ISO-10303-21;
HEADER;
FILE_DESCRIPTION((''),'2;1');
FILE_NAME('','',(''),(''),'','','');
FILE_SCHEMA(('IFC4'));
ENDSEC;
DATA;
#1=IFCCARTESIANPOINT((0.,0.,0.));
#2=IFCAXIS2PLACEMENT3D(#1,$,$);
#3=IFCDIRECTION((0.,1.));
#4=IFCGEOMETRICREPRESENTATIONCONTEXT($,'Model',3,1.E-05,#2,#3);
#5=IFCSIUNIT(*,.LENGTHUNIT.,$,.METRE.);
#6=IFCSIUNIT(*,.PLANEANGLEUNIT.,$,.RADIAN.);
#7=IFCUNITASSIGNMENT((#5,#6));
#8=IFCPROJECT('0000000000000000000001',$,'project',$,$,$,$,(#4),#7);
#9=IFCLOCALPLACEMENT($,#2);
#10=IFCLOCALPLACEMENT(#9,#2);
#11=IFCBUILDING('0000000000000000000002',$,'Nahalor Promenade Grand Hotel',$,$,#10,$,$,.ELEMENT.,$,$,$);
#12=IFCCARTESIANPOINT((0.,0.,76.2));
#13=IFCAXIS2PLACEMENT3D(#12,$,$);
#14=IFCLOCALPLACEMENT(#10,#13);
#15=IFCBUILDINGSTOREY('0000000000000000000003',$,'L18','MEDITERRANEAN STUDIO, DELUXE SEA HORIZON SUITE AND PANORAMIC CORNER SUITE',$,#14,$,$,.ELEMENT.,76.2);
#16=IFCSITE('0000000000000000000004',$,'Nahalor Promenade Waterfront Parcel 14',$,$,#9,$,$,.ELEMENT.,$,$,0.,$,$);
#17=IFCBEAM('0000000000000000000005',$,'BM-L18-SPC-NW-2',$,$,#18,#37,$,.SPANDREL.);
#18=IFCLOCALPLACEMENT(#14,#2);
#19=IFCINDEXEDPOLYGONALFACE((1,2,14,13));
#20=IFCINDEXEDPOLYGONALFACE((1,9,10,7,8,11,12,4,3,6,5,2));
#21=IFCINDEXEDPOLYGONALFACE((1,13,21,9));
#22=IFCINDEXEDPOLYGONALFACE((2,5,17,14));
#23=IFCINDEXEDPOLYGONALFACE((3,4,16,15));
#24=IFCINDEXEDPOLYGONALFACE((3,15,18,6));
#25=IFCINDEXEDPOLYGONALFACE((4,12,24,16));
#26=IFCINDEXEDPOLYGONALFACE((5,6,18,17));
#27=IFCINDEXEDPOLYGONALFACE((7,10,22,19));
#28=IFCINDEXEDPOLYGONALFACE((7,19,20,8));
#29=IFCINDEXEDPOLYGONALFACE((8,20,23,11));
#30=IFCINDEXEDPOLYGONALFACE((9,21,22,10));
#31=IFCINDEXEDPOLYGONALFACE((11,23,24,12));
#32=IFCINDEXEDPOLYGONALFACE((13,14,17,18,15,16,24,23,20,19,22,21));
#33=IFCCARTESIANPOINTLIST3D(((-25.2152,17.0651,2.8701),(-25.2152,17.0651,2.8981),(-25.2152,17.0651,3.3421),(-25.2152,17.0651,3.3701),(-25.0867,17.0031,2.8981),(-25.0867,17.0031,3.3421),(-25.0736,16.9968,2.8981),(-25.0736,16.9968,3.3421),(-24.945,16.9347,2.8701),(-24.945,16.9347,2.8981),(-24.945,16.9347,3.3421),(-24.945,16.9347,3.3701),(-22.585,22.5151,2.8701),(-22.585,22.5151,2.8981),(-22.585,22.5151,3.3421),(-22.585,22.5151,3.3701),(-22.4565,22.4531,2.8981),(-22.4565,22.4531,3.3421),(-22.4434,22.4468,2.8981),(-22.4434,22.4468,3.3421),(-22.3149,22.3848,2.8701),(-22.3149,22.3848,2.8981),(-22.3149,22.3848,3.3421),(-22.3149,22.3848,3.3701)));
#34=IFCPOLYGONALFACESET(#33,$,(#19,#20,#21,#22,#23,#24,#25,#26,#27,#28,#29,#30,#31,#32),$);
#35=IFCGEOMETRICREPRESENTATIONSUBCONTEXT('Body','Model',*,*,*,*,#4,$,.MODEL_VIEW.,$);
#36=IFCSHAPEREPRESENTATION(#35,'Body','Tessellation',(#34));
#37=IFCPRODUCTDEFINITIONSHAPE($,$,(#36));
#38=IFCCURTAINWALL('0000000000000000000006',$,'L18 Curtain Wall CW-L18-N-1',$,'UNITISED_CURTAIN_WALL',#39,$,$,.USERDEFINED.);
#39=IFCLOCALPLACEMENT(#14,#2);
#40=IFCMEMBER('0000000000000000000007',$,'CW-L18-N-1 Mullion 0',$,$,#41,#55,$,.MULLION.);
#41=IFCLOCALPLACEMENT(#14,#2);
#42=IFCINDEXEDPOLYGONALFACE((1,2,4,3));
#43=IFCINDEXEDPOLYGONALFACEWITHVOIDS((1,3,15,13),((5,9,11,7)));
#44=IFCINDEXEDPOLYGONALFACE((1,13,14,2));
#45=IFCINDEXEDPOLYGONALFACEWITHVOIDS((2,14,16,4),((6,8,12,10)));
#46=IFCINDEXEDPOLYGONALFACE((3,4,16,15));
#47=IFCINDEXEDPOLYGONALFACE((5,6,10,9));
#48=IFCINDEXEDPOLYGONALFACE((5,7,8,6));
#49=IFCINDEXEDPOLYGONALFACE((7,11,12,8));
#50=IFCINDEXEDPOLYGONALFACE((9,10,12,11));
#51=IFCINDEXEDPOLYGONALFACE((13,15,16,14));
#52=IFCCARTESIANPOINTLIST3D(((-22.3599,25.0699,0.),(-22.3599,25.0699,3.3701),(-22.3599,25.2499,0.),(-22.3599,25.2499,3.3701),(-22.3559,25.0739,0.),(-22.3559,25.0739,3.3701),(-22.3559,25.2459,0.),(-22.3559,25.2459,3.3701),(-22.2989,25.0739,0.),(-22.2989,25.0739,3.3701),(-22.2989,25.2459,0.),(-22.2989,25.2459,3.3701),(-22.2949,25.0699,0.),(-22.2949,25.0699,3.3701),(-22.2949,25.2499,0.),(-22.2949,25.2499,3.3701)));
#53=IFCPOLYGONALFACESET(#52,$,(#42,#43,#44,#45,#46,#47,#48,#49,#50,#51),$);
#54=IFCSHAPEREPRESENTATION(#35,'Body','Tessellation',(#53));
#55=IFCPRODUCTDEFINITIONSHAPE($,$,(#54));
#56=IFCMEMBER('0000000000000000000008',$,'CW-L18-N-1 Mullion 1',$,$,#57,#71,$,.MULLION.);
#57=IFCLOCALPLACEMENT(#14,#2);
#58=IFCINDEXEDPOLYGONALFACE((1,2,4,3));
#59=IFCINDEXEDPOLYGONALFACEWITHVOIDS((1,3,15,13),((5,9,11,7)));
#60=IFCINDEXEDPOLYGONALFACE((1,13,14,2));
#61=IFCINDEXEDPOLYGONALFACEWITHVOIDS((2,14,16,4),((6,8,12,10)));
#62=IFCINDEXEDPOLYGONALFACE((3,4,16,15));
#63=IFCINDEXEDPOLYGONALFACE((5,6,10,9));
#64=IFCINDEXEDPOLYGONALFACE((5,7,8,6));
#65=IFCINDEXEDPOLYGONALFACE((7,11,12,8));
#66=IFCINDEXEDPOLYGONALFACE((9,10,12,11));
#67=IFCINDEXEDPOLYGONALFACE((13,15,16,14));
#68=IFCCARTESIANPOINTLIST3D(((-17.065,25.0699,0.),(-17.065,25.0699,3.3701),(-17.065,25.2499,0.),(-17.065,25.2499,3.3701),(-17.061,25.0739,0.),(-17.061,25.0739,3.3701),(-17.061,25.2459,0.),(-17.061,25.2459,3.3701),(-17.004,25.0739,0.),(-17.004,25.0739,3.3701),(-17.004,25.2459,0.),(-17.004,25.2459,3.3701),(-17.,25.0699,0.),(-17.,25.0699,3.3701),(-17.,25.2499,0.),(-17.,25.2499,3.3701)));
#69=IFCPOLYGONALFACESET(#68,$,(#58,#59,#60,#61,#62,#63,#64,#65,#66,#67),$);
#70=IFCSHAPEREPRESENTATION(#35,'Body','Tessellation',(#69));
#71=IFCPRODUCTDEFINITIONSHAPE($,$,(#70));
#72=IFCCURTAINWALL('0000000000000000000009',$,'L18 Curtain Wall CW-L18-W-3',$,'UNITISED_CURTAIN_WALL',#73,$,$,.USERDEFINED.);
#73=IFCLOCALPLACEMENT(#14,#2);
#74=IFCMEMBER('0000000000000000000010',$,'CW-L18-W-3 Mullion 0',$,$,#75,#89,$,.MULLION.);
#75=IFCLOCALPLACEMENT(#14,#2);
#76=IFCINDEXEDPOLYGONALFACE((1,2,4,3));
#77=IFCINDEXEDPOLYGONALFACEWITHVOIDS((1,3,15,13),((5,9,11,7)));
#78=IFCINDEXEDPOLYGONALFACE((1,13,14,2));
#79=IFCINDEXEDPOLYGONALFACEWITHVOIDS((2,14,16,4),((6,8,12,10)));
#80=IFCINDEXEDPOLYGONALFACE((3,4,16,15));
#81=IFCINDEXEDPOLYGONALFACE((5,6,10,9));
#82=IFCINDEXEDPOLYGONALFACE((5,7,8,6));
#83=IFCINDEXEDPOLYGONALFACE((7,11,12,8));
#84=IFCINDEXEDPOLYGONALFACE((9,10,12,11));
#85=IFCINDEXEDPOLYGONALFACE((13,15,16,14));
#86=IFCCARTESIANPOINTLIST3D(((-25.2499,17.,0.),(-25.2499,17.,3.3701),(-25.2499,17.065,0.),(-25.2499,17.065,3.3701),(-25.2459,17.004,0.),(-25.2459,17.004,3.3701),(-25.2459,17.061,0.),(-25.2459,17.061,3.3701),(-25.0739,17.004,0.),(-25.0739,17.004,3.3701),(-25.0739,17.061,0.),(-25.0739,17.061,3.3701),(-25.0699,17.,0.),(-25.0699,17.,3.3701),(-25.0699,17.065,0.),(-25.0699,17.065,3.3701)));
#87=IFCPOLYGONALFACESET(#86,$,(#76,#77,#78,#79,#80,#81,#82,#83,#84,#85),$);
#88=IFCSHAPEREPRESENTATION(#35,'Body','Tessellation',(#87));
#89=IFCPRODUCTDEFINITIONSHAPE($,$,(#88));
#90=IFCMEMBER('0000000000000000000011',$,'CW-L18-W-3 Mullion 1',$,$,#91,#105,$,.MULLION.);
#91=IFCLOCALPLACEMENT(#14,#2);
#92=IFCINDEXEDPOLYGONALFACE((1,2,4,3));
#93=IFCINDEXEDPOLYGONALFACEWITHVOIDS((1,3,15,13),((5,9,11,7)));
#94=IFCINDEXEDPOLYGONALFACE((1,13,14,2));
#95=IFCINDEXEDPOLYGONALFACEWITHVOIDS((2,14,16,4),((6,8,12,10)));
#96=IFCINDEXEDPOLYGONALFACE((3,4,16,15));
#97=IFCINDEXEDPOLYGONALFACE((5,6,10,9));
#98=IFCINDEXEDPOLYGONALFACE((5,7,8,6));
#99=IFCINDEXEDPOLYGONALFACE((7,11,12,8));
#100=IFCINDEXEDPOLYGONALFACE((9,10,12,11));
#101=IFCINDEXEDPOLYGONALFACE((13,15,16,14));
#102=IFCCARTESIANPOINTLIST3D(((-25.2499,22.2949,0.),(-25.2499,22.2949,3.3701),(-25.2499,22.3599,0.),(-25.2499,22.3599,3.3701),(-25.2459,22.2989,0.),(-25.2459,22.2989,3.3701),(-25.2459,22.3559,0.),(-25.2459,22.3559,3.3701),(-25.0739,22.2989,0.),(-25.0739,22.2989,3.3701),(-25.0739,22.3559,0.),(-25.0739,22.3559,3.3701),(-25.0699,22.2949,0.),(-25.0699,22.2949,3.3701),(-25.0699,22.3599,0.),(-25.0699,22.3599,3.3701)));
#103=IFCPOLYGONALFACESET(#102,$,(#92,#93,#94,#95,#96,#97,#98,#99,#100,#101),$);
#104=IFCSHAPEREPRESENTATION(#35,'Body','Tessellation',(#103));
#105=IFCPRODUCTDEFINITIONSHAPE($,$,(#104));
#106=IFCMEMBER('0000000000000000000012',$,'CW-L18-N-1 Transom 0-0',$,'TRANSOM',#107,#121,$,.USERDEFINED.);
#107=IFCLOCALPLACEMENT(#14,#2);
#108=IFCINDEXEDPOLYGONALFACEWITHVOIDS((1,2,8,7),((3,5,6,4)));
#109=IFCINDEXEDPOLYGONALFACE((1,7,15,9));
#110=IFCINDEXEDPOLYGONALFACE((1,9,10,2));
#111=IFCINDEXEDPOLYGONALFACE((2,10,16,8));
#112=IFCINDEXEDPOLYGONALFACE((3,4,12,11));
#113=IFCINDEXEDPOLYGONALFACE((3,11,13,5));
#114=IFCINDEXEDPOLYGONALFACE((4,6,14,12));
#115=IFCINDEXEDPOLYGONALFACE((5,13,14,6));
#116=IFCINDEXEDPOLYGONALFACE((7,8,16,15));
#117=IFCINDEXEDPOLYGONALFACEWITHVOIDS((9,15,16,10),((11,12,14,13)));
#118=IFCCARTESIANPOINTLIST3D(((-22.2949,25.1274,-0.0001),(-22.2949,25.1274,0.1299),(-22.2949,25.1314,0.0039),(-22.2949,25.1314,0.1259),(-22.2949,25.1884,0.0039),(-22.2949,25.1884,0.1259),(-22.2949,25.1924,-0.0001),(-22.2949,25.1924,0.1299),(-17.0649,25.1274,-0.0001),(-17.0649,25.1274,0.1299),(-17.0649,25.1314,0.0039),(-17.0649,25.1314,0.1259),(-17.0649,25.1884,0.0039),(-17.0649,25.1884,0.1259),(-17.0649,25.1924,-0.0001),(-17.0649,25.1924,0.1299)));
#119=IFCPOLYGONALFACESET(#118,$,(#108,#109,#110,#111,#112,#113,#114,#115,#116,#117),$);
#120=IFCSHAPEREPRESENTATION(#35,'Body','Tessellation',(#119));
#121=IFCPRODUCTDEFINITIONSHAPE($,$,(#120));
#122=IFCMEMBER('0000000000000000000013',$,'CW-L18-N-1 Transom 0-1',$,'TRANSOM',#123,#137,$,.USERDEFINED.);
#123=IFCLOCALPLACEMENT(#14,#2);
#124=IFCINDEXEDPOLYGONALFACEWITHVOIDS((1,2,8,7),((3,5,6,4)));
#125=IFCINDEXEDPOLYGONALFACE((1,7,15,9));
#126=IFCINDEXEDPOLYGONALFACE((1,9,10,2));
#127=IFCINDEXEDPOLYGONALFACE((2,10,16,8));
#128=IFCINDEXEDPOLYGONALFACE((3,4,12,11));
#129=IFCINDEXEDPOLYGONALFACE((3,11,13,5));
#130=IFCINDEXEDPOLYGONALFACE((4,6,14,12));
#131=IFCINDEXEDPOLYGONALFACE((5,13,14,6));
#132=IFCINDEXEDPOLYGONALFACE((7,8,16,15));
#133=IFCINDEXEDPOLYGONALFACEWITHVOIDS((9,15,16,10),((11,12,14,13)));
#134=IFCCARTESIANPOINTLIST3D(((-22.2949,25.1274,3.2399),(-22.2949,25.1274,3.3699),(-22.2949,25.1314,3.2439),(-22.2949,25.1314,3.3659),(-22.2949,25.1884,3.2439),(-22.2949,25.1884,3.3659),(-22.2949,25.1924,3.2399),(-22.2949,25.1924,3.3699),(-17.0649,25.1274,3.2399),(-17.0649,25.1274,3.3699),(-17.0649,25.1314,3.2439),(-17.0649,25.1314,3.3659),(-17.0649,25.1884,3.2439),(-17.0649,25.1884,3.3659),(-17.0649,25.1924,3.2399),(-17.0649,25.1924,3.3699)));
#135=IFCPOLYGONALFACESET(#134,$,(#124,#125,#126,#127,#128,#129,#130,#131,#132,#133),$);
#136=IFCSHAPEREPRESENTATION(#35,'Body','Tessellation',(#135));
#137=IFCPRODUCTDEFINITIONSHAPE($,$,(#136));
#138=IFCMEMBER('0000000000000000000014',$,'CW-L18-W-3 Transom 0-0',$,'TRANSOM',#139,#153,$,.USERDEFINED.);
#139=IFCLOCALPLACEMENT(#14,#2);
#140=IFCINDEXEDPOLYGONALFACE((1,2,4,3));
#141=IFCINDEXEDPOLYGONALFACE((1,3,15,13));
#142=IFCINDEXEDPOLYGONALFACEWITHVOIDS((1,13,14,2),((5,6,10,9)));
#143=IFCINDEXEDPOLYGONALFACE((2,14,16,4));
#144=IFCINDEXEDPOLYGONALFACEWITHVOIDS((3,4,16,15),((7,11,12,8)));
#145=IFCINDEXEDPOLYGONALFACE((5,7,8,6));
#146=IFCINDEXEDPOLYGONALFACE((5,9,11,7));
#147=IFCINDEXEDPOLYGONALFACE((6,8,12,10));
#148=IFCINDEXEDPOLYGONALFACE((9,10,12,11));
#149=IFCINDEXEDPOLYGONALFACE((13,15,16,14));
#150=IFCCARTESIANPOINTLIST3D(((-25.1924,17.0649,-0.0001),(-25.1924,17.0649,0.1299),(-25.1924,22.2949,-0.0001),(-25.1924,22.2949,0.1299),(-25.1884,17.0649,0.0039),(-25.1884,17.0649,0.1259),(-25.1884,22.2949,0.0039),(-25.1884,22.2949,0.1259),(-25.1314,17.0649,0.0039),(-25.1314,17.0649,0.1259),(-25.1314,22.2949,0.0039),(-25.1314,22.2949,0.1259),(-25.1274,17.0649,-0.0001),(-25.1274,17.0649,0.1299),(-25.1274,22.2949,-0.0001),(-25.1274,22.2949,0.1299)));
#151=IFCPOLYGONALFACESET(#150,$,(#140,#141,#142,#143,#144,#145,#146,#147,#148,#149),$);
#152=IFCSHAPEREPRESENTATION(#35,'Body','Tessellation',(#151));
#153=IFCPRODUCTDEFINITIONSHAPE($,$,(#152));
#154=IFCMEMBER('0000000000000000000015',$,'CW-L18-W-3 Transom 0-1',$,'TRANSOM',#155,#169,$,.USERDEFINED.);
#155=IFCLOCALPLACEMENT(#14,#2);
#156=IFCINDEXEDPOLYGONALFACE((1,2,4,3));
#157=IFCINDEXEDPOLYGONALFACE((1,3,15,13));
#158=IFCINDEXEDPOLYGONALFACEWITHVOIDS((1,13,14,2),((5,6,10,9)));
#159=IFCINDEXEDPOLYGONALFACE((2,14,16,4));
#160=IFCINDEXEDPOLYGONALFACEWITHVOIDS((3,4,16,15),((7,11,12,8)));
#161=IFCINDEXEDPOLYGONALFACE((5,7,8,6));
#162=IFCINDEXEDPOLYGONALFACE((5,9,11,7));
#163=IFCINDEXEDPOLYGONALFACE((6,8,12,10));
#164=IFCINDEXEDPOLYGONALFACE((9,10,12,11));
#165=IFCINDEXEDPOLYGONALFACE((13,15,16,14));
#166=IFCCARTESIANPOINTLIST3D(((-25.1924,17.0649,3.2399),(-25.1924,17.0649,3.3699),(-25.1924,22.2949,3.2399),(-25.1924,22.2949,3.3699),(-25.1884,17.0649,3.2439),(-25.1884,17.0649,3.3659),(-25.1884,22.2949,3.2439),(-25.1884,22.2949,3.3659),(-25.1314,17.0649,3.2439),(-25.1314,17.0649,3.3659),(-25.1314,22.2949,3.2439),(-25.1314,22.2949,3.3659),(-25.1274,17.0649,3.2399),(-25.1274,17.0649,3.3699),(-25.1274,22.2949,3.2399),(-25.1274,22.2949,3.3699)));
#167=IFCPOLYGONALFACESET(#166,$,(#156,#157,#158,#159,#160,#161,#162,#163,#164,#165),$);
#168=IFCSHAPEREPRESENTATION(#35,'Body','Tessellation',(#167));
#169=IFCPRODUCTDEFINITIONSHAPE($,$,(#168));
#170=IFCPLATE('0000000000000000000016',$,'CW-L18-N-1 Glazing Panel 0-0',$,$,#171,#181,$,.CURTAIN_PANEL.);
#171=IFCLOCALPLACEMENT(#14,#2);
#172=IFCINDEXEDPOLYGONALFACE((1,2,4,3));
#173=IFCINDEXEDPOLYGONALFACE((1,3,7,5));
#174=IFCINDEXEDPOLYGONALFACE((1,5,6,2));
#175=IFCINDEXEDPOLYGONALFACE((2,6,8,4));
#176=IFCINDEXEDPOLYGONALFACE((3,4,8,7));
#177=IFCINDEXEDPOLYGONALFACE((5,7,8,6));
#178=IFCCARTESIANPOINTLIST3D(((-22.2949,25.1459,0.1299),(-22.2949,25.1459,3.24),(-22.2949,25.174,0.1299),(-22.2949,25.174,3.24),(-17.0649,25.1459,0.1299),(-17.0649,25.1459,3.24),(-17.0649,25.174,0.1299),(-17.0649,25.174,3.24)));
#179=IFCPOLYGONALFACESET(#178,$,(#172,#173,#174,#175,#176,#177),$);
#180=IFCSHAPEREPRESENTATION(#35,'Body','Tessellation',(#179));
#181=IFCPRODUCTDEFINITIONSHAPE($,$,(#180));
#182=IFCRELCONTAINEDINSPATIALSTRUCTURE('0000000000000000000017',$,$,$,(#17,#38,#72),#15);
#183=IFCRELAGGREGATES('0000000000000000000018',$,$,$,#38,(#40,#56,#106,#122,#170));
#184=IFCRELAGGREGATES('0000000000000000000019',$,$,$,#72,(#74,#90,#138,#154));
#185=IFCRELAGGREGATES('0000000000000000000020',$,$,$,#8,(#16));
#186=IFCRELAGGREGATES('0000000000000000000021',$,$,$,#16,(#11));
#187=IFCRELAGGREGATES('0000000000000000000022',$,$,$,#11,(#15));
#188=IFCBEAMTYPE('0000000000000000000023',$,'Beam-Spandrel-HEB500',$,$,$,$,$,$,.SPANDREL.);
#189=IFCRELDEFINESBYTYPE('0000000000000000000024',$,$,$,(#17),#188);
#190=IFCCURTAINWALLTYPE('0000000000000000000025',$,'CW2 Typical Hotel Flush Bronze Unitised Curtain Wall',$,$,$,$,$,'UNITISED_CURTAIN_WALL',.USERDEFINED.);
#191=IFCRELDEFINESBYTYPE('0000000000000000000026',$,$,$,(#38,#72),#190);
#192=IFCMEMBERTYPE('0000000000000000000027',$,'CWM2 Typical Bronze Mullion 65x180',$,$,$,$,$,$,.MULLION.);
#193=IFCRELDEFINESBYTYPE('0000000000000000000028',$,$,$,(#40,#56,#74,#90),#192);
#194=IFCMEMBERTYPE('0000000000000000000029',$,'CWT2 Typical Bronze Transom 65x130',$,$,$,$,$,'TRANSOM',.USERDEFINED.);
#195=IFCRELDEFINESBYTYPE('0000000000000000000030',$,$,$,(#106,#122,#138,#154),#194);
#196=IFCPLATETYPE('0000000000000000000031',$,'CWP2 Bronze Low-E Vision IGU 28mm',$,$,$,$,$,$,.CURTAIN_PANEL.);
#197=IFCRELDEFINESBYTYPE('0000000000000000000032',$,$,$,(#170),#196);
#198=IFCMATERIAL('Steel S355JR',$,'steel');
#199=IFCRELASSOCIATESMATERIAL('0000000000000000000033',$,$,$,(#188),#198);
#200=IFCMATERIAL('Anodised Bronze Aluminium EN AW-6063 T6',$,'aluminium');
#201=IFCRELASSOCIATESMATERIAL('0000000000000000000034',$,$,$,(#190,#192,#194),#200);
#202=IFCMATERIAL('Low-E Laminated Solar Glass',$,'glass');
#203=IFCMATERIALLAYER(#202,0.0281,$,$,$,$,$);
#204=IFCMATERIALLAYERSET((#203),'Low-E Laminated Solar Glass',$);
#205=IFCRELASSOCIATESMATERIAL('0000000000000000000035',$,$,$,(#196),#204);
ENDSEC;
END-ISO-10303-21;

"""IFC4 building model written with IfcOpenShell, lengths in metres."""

from ifc_helpers import new_model, si_unit, direction, frame, origin, origin_2d, place, context, subcontext, project, spatial, rectangle, hollow_rectangle, i_section, extrude, source, transform, mapped, material, layer, layer_set, material_profile, profile_set, type_object, element, aggregate, save


model = new_model("IFC4")

# Units and contexts
model_context = context("Model", 3, precision=1e-05, world=origin(), true_north=direction((0.0, 1.0)))
body_context = subcontext(model_context, "Body", "Model", "MODEL_VIEW")
ifc_project = project(units=[si_unit("LENGTHUNIT", "METRE"), si_unit("PLANEANGLEUNIT", "RADIAN")], contexts=[model_context])

# Site, building, storey
site_placement = place(None, origin())
site = spatial("IfcSite", under=ifc_project, at=site_placement, Name="Nahalor Promenade Waterfront Parcel 14", CompositionType="ELEMENT", RefElevation=0.0)
building_placement = place(site_placement, origin())
building = spatial("IfcBuilding", under=site, at=building_placement, Name="Nahalor Promenade Grand Hotel", CompositionType="ELEMENT")
storey_placement = place(building_placement, frame((0.0, 0.0, 76.2)))
storey = spatial("IfcBuildingStorey", under=building, at=storey_placement, Name="L18", Description="MEDITERRANEAN STUDIO, DELUXE SEA HORIZON SUITE AND PANORAMIC CORNER SUITE", CompositionType="ELEMENT", Elevation=76.2)

# Beam
ifc_material_1 = material(Name="Steel S355JR", Category="steel")
ifc_material_profile_1 = material_profile(ifc_material_1, i_section(OverallWidth=0.3, OverallDepth=0.5, WebThickness=0.0145, FlangeThickness=0.028, at=origin_2d()), Name="HEB 500")
ifc_profile_set_1 = profile_set([ifc_material_profile_1], Name="Steel S355JR")
beam_type_1 = type_object("IfcBeamType", Name="Beam-Spandrel-HEB500", PredefinedType="SPANDREL", material=ifc_profile_set_1)
shared_shape_1 = source(origin(), body_context, "Body", "SweptSolid", [
    extrude(i_section(OverallWidth=0.3, OverallDepth=0.5, WebThickness=0.0145, FlangeThickness=0.028, at=origin_2d()), origin(), (0.0, 0.0, 1.0), 6.0515),
])
for number, where, z_axis, x_axis, name in (
    (1, (-22.45, 22.45, 3.1201), (-0.434631, -0.900609, 0.0), (0.900609, -0.434631, 0.0), "BM-L18-SPC-NW-2"),
):
    element("IfcBeam", number, at=place(storey_placement, frame(where, z_axis=z_axis, x_axis=x_axis)), inside=storey, type_object=beam_type_1, Name=name, PredefinedType="SPANDREL", context=body_context, shape_type="MappedRepresentation", body=[
        mapped(shared_shape_1, transform((0.0, 0.0, 0.0), scale=1.0)),
    ])

# Curtain walls, members
ifc_material_2 = material(Name="Anodised Bronze Aluminium EN AW-6063 T6", Category="aluminium")
curtain_wall_type = type_object("IfcCurtainWallType", Name="CW2 Typical Hotel Flush Bronze Unitised Curtain Wall", ElementType="UNITISED_CURTAIN_WALL", PredefinedType="USERDEFINED", material=ifc_material_2)
curtain_wall_1_placement = place(storey_placement, origin())
curtain_wall_1 = element("IfcCurtainWall", 2, at=curtain_wall_1_placement, inside=storey, type_object=curtain_wall_type, Name="L18 Curtain Wall CW-L18-N-1", ObjectType="UNITISED_CURTAIN_WALL", PredefinedType="USERDEFINED")
ifc_material_profile_2 = material_profile(ifc_material_2, hollow_rectangle(XDim=0.065, YDim=0.18, WallThickness=0.004, at=origin_2d()), Name="CWM 65x180x4")
ifc_profile_set_2 = profile_set([ifc_material_profile_2], Name="Anodised Bronze Aluminium EN AW-6063 T6")
member_type_1 = type_object("IfcMemberType", Name="CWM2 Typical Bronze Mullion 65x180", PredefinedType="MULLION", material=ifc_profile_set_2)
shared_shape_2 = source(origin(), body_context, "Body", "SweptSolid", [
    extrude(hollow_rectangle(XDim=0.065, YDim=0.18, WallThickness=0.004, at=origin_2d()), origin(), (0.0, 0.0, 1.0), 3.3701),
])
member_1_placement = place(storey_placement, frame((-22.3274, 25.1599, 0.0), z_axis=(0.0, 0.0, 1.0), x_axis=(1.0, 0.0, 0.0)))
member_1 = element("IfcMember", 3, at=member_1_placement, type_object=member_type_1, Name="CW-L18-N-1 Mullion 0", PredefinedType="MULLION", context=body_context, shape_type="MappedRepresentation", body=[
    mapped(shared_shape_2, transform((0.0, 0.0, 0.0), scale=1.0)),
])
member_2_placement = place(storey_placement, frame((-17.0325, 25.1599, 0.0), z_axis=(0.0, 0.0, 1.0), x_axis=(1.0, 0.0, 0.0)))
member_2 = element("IfcMember", 4, at=member_2_placement, type_object=member_type_1, Name="CW-L18-N-1 Mullion 1", PredefinedType="MULLION", context=body_context, shape_type="MappedRepresentation", body=[
    mapped(shared_shape_2, transform((0.0, 0.0, 0.0), scale=1.0)),
])
curtain_wall_2_placement = place(storey_placement, origin())
curtain_wall_2 = element("IfcCurtainWall", 5, at=curtain_wall_2_placement, inside=storey, type_object=curtain_wall_type, Name="L18 Curtain Wall CW-L18-W-3", ObjectType="UNITISED_CURTAIN_WALL", PredefinedType="USERDEFINED")
member_3_placement = place(storey_placement, frame((-25.1599, 17.0325, 0.0), z_axis=(0.0, 0.0, 1.0), x_axis=(0.0, 1.0, 0.0)))
member_3 = element("IfcMember", 6, at=member_3_placement, type_object=member_type_1, Name="CW-L18-W-3 Mullion 0", PredefinedType="MULLION", context=body_context, shape_type="MappedRepresentation", body=[
    mapped(shared_shape_2, transform((0.0, 0.0, 0.0), scale=1.0)),
])
member_4_placement = place(storey_placement, frame((-25.1599, 22.3274, 0.0), z_axis=(0.0, 0.0, 1.0), x_axis=(0.0, 1.0, 0.0)))
member_4 = element("IfcMember", 7, at=member_4_placement, type_object=member_type_1, Name="CW-L18-W-3 Mullion 1", PredefinedType="MULLION", context=body_context, shape_type="MappedRepresentation", body=[
    mapped(shared_shape_2, transform((0.0, 0.0, 0.0), scale=1.0)),
])

# Members
ifc_material_profile_3 = material_profile(ifc_material_2, hollow_rectangle(XDim=0.065, YDim=0.13, WallThickness=0.004, at=origin_2d()), Name="CWT 65x130x4")
ifc_profile_set_3 = profile_set([ifc_material_profile_3], Name="Anodised Bronze Aluminium EN AW-6063 T6")
member_type_2 = type_object("IfcMemberType", Name="CWT2 Typical Bronze Transom 65x130", ElementType="TRANSOM", PredefinedType="USERDEFINED", material=ifc_profile_set_3)
shared_shape_3 = source(origin(), body_context, "Body", "SweptSolid", [
    extrude(hollow_rectangle(XDim=0.065, YDim=0.13, WallThickness=0.004, at=origin_2d()), origin(), (0.0, 0.0, 1.0), 5.23),
])
member_5_placement = place(storey_placement, frame((-22.2949, 25.1599, 0.0649), z_axis=(1.0, 0.0, 0.0), x_axis=(0.0, 1.0, 0.0)))
member_5 = element("IfcMember", 8, at=member_5_placement, type_object=member_type_2, Name="CW-L18-N-1 Transom 0-0", ObjectType="TRANSOM", PredefinedType="USERDEFINED", context=body_context, shape_type="MappedRepresentation", body=[
    mapped(shared_shape_3, transform((0.0, 0.0, 0.0), scale=1.0)),
])
member_6_placement = place(storey_placement, frame((-22.2949, 25.1599, 3.3049), z_axis=(1.0, 0.0, 0.0), x_axis=(0.0, 1.0, 0.0)))
member_6 = element("IfcMember", 9, at=member_6_placement, type_object=member_type_2, Name="CW-L18-N-1 Transom 0-1", ObjectType="TRANSOM", PredefinedType="USERDEFINED", context=body_context, shape_type="MappedRepresentation", body=[
    mapped(shared_shape_3, transform((0.0, 0.0, 0.0), scale=1.0)),
])
member_7_placement = place(storey_placement, frame((-25.1599, 17.0649, 0.0649), z_axis=(0.0, 1.0, 0.0), x_axis=(-1.0, 0.0, 0.0)))
member_7 = element("IfcMember", 10, at=member_7_placement, type_object=member_type_2, Name="CW-L18-W-3 Transom 0-0", ObjectType="TRANSOM", PredefinedType="USERDEFINED", context=body_context, shape_type="MappedRepresentation", body=[
    mapped(shared_shape_3, transform((0.0, 0.0, 0.0), scale=1.0)),
])
member_8_placement = place(storey_placement, frame((-25.1599, 17.0649, 3.3049), z_axis=(0.0, 1.0, 0.0), x_axis=(-1.0, 0.0, 0.0)))
member_8 = element("IfcMember", 11, at=member_8_placement, type_object=member_type_2, Name="CW-L18-W-3 Transom 0-1", ObjectType="TRANSOM", PredefinedType="USERDEFINED", context=body_context, shape_type="MappedRepresentation", body=[
    mapped(shared_shape_3, transform((0.0, 0.0, 0.0), scale=1.0)),
])

# Plate
ifc_material_3 = material(Name="Low-E Laminated Solar Glass", Category="glass")
ifc_layer_1 = layer(ifc_material_3, 0.0281)
ifc_layer_set_1 = layer_set([ifc_layer_1], Name="Low-E Laminated Solar Glass")
plate_type = type_object("IfcPlateType", Name="CWP2 Bronze Low-E Vision IGU 28mm", PredefinedType="CURTAIN_PANEL", material=ifc_layer_set_1)
shared_shape_4 = source(origin(), body_context, "Body", "SweptSolid", [
    extrude(rectangle(XDim=5.23, YDim=0.0281, at=origin_2d()), origin(), (0.0, 0.0, 1.0), 3.1101),
])
plate_1_placement = place(storey_placement, frame((-19.6799, 25.1599, 0.1299), z_axis=(0.0, 0.0, 1.0), x_axis=(1.0, 0.0, 0.0)))
plate_1 = element("IfcPlate", 12, at=plate_1_placement, type_object=plate_type, Name="CW-L18-N-1 Glazing Panel 0-0", PredefinedType="CURTAIN_PANEL", context=body_context, shape_type="MappedRepresentation", body=[
    mapped(shared_shape_4, transform((0.0, 0.0, 0.0), scale=1.0)),
])
aggregate(curtain_wall_1, [member_1, member_2, member_5, member_6, plate_1])
aggregate(curtain_wall_2, [member_3, member_4, member_7, member_8])

save(model, "model.ifc")
